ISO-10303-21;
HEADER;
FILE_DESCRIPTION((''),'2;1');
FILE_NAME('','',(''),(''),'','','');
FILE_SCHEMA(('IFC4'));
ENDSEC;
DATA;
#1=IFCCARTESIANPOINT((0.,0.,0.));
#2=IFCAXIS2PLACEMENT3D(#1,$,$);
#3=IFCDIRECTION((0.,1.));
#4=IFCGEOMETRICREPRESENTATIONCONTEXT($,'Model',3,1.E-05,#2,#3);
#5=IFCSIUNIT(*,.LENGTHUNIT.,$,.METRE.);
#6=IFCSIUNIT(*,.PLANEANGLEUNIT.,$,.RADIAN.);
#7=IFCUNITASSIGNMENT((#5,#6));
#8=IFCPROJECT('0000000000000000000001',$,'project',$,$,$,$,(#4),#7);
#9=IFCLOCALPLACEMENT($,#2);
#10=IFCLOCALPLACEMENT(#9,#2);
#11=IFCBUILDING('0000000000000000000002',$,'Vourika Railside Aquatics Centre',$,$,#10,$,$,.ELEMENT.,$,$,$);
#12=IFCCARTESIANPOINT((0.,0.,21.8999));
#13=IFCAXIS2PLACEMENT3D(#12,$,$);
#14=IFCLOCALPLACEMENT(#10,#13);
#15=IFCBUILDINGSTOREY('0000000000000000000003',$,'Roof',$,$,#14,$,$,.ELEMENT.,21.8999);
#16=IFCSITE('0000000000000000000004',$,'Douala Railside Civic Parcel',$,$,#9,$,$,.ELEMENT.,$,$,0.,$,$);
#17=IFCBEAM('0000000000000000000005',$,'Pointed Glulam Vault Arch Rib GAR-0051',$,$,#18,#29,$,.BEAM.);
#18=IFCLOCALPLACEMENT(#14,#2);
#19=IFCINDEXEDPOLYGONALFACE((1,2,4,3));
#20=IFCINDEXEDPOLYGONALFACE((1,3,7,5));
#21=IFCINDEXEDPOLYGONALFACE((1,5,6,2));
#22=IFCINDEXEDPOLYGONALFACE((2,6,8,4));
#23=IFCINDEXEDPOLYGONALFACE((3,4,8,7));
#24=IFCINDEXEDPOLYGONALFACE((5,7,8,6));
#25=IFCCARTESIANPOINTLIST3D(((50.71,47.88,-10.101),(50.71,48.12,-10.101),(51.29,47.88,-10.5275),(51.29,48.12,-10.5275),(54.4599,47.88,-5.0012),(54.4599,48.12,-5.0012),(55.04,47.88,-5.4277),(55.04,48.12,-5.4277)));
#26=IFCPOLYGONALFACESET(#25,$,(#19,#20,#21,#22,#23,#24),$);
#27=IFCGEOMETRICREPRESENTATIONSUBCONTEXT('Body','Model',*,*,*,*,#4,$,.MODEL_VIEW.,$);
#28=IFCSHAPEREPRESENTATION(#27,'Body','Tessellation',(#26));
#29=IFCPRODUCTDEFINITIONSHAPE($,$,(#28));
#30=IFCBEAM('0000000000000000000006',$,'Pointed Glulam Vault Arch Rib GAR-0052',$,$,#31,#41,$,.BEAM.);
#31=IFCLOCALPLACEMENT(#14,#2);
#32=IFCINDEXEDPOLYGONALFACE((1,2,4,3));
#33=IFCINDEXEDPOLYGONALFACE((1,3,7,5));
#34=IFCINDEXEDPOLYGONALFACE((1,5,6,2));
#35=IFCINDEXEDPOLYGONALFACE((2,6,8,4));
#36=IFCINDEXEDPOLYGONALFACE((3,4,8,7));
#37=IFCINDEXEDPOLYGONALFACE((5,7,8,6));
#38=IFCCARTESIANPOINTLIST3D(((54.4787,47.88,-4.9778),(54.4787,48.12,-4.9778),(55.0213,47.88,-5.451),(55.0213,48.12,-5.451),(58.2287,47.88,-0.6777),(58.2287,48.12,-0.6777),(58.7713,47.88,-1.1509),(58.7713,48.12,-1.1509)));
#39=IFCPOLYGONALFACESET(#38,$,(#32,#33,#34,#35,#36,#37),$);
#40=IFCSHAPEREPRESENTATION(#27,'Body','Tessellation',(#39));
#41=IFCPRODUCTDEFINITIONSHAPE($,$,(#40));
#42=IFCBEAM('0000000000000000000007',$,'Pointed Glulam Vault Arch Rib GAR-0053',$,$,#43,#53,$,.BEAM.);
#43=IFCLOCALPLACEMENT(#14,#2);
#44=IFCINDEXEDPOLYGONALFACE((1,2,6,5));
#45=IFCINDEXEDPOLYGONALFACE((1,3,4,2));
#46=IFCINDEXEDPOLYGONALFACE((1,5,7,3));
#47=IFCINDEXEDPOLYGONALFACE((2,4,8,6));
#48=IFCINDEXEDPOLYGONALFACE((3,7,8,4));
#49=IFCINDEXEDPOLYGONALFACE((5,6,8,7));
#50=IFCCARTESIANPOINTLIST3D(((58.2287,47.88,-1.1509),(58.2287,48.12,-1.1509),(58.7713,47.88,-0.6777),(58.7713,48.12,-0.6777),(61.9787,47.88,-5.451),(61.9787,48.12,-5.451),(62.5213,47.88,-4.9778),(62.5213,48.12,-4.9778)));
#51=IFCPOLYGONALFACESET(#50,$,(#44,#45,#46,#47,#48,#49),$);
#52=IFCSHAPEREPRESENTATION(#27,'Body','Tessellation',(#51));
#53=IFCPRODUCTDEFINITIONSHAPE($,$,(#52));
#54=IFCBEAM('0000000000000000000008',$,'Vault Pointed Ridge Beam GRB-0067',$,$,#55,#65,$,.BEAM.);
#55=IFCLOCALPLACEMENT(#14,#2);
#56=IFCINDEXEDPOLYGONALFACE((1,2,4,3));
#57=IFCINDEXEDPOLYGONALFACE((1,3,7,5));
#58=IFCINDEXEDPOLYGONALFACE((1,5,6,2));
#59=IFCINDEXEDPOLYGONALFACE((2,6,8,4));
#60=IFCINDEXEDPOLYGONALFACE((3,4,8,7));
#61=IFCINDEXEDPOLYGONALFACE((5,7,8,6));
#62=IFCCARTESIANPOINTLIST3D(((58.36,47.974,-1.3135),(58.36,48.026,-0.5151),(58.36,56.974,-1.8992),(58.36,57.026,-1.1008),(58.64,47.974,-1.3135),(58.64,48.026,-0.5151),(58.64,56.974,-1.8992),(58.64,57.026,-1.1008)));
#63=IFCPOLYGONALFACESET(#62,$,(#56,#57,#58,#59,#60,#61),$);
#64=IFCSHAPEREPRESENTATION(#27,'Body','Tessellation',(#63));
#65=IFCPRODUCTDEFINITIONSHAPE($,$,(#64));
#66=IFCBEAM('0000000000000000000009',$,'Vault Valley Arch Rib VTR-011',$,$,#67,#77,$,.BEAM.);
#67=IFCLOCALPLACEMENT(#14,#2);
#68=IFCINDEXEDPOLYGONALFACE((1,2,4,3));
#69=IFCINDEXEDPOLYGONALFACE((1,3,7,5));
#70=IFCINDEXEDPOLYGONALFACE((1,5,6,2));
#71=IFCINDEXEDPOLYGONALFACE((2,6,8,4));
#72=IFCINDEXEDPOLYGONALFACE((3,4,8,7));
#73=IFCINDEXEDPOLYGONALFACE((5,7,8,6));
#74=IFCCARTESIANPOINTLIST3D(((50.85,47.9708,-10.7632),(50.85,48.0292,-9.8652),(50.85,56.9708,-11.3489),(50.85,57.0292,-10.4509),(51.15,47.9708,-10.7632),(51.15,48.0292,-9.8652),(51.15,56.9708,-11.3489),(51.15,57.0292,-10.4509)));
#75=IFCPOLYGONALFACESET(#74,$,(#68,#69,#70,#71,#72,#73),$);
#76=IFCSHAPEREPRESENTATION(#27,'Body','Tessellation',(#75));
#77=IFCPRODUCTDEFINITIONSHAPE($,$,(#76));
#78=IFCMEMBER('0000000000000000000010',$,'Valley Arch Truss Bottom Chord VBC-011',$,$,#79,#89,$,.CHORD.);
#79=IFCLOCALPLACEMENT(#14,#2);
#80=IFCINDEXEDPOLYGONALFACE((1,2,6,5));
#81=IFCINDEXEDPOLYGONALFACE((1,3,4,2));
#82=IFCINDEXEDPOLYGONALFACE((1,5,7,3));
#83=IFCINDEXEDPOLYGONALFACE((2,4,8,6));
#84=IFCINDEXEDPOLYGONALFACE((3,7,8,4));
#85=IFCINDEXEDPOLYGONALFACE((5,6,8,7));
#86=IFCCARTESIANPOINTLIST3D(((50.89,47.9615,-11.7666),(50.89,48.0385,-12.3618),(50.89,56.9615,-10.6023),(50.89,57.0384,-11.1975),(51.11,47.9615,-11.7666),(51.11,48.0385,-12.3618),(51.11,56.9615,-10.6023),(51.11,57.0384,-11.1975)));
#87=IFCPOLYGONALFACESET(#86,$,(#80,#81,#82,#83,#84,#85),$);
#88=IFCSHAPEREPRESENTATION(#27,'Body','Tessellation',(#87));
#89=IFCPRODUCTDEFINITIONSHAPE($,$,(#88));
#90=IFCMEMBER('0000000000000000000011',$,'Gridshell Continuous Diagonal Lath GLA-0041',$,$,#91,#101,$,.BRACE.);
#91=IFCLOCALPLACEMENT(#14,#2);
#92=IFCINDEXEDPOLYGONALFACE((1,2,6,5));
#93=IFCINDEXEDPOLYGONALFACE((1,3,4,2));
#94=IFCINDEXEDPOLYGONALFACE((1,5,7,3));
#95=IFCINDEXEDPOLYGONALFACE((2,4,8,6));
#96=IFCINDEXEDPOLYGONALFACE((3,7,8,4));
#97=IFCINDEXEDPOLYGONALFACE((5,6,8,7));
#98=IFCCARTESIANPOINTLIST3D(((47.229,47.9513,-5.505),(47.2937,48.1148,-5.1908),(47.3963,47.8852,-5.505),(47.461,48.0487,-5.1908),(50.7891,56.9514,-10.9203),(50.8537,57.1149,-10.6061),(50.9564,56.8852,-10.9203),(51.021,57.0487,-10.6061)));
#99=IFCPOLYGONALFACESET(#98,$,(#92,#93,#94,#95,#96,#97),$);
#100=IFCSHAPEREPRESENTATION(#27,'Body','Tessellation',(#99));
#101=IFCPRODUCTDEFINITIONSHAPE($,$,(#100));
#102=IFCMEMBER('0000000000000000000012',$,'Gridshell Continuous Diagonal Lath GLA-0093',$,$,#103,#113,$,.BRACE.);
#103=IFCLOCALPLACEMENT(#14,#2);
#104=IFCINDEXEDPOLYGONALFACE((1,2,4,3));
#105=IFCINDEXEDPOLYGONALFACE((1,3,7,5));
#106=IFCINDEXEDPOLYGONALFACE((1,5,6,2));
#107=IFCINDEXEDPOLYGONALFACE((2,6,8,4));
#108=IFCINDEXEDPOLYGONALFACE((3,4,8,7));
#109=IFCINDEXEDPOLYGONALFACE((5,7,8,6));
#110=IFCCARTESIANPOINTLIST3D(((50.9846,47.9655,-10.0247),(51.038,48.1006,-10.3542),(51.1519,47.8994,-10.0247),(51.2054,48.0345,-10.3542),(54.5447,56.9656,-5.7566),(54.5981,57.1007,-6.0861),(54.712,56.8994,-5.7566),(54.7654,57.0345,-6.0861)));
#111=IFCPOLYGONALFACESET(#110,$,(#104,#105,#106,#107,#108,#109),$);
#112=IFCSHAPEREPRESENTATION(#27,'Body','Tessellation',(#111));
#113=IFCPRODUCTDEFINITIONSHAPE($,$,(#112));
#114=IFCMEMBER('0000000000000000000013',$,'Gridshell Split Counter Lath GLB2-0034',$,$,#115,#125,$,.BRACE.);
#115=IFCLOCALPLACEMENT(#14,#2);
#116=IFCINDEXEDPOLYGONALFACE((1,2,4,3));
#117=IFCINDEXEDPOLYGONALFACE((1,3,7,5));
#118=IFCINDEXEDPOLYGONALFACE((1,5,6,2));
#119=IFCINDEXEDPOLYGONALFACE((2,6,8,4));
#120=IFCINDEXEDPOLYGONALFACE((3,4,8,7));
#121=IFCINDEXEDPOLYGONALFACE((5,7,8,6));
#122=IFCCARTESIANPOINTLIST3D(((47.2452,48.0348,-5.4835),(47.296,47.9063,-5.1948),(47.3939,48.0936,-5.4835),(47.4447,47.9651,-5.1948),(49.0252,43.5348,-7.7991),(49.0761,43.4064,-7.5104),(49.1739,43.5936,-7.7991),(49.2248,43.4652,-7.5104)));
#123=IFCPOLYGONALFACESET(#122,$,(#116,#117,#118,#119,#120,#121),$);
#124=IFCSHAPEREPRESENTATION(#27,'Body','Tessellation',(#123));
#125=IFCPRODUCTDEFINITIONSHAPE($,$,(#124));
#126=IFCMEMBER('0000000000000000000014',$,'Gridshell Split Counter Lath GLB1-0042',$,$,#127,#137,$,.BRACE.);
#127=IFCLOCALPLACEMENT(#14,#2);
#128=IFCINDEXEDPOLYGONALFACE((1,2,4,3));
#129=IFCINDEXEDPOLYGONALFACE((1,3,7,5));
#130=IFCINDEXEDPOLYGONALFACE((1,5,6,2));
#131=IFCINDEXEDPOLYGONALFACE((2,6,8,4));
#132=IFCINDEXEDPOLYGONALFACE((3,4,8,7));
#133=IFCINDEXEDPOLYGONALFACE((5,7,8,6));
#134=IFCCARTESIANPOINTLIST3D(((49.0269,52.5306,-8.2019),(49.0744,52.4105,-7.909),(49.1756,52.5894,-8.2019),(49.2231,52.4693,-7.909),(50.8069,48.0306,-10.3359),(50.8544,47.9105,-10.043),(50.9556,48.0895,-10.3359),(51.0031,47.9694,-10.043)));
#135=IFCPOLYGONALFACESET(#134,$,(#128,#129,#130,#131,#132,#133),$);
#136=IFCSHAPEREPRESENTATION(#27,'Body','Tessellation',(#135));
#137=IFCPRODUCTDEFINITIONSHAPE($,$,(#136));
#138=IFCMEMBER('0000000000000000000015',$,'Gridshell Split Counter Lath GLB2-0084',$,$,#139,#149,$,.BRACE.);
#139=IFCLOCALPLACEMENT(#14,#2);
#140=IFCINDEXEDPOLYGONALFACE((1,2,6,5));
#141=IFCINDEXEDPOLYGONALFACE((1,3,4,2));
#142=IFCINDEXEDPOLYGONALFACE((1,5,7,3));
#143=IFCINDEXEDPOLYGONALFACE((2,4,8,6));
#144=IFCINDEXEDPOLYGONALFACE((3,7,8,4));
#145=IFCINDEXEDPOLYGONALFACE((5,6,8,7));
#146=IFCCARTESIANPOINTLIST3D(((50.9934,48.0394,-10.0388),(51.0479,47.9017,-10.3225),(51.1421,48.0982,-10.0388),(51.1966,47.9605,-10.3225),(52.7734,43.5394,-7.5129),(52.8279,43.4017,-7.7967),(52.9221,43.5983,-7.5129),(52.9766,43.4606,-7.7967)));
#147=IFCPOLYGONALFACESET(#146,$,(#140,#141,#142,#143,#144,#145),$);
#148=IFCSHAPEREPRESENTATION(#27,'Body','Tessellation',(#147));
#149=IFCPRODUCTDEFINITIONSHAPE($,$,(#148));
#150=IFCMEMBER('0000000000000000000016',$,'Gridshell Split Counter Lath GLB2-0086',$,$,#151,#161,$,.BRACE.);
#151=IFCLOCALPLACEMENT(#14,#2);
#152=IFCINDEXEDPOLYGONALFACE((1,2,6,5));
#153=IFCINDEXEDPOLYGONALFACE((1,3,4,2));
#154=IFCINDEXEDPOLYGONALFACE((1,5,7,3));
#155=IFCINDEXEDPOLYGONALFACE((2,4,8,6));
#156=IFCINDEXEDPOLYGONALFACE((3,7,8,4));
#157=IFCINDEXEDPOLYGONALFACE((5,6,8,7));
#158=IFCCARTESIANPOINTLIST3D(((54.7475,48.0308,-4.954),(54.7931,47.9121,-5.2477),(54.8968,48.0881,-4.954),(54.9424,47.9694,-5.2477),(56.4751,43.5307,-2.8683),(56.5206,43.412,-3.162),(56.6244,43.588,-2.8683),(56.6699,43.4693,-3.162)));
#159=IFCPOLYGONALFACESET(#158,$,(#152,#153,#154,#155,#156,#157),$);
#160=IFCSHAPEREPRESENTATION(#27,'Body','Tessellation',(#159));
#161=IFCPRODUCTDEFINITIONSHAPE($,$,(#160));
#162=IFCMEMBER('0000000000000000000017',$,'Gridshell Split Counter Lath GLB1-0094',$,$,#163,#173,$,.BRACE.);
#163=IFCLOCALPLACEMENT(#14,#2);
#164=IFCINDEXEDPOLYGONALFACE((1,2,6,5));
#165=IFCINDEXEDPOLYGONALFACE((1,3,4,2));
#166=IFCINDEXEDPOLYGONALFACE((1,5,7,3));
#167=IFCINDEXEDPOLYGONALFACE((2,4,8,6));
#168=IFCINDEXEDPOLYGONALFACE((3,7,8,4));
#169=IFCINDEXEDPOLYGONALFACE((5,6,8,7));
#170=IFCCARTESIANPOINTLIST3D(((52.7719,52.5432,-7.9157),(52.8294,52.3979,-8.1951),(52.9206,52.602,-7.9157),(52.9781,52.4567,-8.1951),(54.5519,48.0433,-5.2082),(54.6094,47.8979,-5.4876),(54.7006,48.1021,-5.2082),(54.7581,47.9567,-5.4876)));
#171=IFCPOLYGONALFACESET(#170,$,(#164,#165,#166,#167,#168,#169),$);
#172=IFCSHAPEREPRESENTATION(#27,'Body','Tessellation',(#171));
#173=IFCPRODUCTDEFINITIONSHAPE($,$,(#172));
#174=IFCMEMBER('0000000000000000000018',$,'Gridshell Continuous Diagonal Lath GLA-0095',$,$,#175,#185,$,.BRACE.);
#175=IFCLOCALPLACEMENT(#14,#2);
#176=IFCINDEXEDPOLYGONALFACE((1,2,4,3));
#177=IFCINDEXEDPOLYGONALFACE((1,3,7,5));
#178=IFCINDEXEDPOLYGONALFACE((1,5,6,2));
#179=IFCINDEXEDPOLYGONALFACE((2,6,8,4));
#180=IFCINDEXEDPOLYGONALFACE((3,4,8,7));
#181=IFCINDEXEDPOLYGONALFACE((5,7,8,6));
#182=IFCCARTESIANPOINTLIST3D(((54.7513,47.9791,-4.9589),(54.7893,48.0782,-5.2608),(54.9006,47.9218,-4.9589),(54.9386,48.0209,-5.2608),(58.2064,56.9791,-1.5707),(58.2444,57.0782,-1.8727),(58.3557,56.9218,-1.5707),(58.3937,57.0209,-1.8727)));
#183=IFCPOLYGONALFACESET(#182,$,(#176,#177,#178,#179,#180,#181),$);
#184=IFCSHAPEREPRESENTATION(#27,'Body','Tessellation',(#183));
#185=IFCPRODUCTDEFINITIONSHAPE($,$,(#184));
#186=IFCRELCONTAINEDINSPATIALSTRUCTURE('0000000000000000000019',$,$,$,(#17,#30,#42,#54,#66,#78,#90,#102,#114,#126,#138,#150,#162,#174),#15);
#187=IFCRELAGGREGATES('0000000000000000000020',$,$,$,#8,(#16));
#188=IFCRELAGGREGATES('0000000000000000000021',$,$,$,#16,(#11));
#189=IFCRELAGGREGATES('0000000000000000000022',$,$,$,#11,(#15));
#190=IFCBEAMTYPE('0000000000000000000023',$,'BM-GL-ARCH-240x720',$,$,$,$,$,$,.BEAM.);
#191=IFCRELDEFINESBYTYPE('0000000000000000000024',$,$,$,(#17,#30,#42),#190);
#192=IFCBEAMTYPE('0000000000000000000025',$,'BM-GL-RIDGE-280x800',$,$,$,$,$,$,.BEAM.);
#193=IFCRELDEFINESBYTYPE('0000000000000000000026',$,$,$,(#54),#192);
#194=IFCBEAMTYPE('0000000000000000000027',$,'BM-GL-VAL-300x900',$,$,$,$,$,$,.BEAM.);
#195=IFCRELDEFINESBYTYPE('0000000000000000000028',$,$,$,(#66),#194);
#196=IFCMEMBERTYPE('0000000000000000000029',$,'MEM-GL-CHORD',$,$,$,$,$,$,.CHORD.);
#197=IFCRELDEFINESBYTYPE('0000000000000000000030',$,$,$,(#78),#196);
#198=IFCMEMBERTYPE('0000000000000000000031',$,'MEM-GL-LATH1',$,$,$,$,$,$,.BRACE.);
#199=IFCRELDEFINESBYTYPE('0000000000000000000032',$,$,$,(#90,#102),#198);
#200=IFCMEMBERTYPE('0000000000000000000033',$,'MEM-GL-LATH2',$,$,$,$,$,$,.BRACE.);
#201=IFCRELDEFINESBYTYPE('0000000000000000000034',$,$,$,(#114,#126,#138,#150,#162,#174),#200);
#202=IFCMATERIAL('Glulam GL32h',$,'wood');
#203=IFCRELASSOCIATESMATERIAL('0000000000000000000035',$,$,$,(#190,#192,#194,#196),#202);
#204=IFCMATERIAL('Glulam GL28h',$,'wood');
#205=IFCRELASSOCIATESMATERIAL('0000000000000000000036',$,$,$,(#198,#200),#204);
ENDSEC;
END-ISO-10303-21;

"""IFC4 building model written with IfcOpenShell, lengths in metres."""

from ifc_helpers import new_model, si_unit, direction, frame, origin, origin_2d, place, context, subcontext, project, spatial, rectangle, extrude, material, material_profile, profile_set, type_object, element, save


model = new_model("IFC4")

# Units and contexts
model_context = context("Model", 3, precision=1e-05, world=origin(), true_north=direction((0.0, 1.0)))
body_context = subcontext(model_context, "Body", "Model", "MODEL_VIEW")
ifc_project = project(units=[si_unit("LENGTHUNIT", "METRE"), si_unit("PLANEANGLEUNIT", "RADIAN")], contexts=[model_context])

# Site, building, storey
site_placement = place(None, origin())
site = spatial("IfcSite", under=ifc_project, at=site_placement, Name="Douala Railside Civic Parcel", CompositionType="ELEMENT", RefElevation=0.0)
building_placement = place(site_placement, origin())
building = spatial("IfcBuilding", under=site, at=building_placement, Name="Vourika Railside Aquatics Centre", CompositionType="ELEMENT")
storey_placement = place(building_placement, frame((0.0, 0.0, 21.8999)))
storey = spatial("IfcBuildingStorey", under=building, at=storey_placement, Name="Roof", CompositionType="ELEMENT", Elevation=21.8999)

# Beams
ifc_material_1 = material(Name="Glulam GL32h", Category="wood")
ifc_material_profile_1 = material_profile(ifc_material_1, rectangle(XDim=0.24, YDim=0.72, at=origin_2d()), Name="GL32h 240x720")
ifc_profile_set_1 = profile_set([ifc_material_profile_1], Name="Glulam GL32h")
beam_type_1 = type_object("IfcBeamType", Name="BM-GL-ARCH-240x720", PredefinedType="BEAM", material=ifc_profile_set_1)
beam_1_placement = place(storey_placement, frame((51.0, 48.0, -10.3142), z_axis=(0.592401, 0.0, 0.805643), x_axis=(0.0, 1.0, 0.0)))
element("IfcBeam", 1, at=beam_1_placement, inside=storey, type_object=beam_type_1, Name="Pointed Glulam Vault Arch Rib GAR-0051", PredefinedType="BEAM", context=body_context, shape_type="SweptSolid", body=[
    extrude(rectangle(XDim=0.24, YDim=0.72, at=origin_2d()), origin(), (0.0, 0.0, 1.0), 6.3301),
])
for number, where, z_axis, x_axis, name in (
    (2, (54.75, 48.0, -5.2144), (0.657259, 0.0, 0.753665), (0.0, 1.0, 0.0), "Pointed Glulam Vault Arch Rib GAR-0052"),
    (3, (58.5, 48.0, -0.9143), (0.657259, 0.0, -0.753665), (0.0, 1.0, 0.0), "Pointed Glulam Vault Arch Rib GAR-0053"),
):
    element("IfcBeam", number, at=place(storey_placement, frame(where, z_axis=z_axis, x_axis=x_axis)), inside=storey, type_object=beam_type_1, Name=name, PredefinedType="BEAM", context=body_context, shape_type="SweptSolid", body=[
        extrude(rectangle(XDim=0.24, YDim=0.72, at=origin_2d()), origin(), (0.0, 0.0, 1.0), 5.7056),
    ])
ifc_material_profile_2 = material_profile(ifc_material_1, rectangle(XDim=0.28, YDim=0.8, at=origin_2d()), Name="GL32h 280x800")
ifc_profile_set_2 = profile_set([ifc_material_profile_2], Name="Glulam GL32h")
beam_type_2 = type_object("IfcBeamType", Name="BM-GL-RIDGE-280x800", PredefinedType="BEAM", material=ifc_profile_set_2)
beam_2_placement = place(storey_placement, frame((58.5, 48.0, -0.9143), z_axis=(0.0, 0.997889, -0.06494), x_axis=(-1.0, 0.0, 0.0)))
element("IfcBeam", 4, at=beam_2_placement, inside=storey, type_object=beam_type_2, Name="Vault Pointed Ridge Beam GRB-0067", PredefinedType="BEAM", context=body_context, shape_type="SweptSolid", body=[
    extrude(rectangle(XDim=0.28, YDim=0.8, at=origin_2d()), origin(), (0.0, 0.0, 1.0), 9.019),
])
ifc_material_profile_3 = material_profile(ifc_material_1, rectangle(XDim=0.3, YDim=0.8999, at=origin_2d()), Name="GL32h 300x900")
ifc_profile_set_3 = profile_set([ifc_material_profile_3], Name="Glulam GL32h")
beam_type_3 = type_object("IfcBeamType", Name="BM-GL-VAL-300x900", PredefinedType="BEAM", material=ifc_profile_set_3)
beam_3_placement = place(storey_placement, frame((51.0, 48.0, -10.3142), z_axis=(0.0, 0.997889, -0.06494), x_axis=(-1.0, 0.0, 0.0)))
element("IfcBeam", 5, at=beam_3_placement, inside=storey, type_object=beam_type_3, Name="Vault Valley Arch Rib VTR-011", PredefinedType="BEAM", context=body_context, shape_type="SweptSolid", body=[
    extrude(rectangle(XDim=0.3, YDim=0.8999, at=origin_2d()), origin(), (0.0, 0.0, 1.0), 9.019),
])

# Members
ifc_material_profile_4 = material_profile(ifc_material_1, rectangle(XDim=0.22, YDim=0.6001, at=origin_2d()), Name="GL32h 220x600")
ifc_profile_set_4 = profile_set([ifc_material_profile_4], Name="Glulam GL32h")
member_type_1 = type_object("IfcMemberType", Name="MEM-GL-CHORD", PredefinedType="CHORD", material=ifc_profile_set_4)
member_1_placement = place(storey_placement, frame((51.0, 48.0, -12.0642), z_axis=(0.0, 0.991736, 0.128298), x_axis=(-1.0, 0.0, 0.0)))
element("IfcMember", 6, at=member_1_placement, inside=storey, type_object=member_type_1, Name="Valley Arch Truss Bottom Chord VBC-011", PredefinedType="CHORD", context=body_context, shape_type="SweptSolid", body=[
    extrude(rectangle(XDim=0.22, YDim=0.6001, at=origin_2d()), origin(), (0.0, 0.0, 1.0), 9.075),
])
ifc_material_2 = material(Name="Glulam GL28h", Category="wood")
ifc_material_profile_5 = material_profile(ifc_material_2, rectangle(XDim=0.1799, YDim=0.3601, at=origin_2d()), Name="GL28h 180x360")
ifc_profile_set_5 = profile_set([ifc_material_profile_5], Name="Glulam GL28h")
member_type_2 = type_object("IfcMemberType", Name="MEM-GL-LATH1", PredefinedType="BRACE", material=ifc_profile_set_5)
member_2_placement = place(storey_placement, frame((47.345, 48.0, -5.3479), z_axis=(0.321001, 0.811505, -0.488281), x_axis=(-0.929893, 0.36783, 0.0)))
element("IfcMember", 7, at=member_2_placement, inside=storey, type_object=member_type_2, Name="Gridshell Continuous Diagonal Lath GLA-0041", PredefinedType="BRACE", context=body_context, shape_type="SweptSolid", body=[
    extrude(rectangle(XDim=0.1799, YDim=0.3601, at=origin_2d()), origin(), (0.0, 0.0, 1.0), 11.0906),
])
member_3_placement = place(storey_placement, frame((51.095, 48.0, -10.1895), z_axis=(0.336559, 0.850836, 0.403492), x_axis=(-0.929893, 0.36783, 0.0)))
element("IfcMember", 8, at=member_3_placement, inside=storey, type_object=member_type_2, Name="Gridshell Continuous Diagonal Lath GLA-0093", PredefinedType="BRACE", context=body_context, shape_type="SweptSolid", body=[
    extrude(rectangle(XDim=0.1799, YDim=0.3601, at=origin_2d()), origin(), (0.0, 0.0, 1.0), 10.5779),
])
ifc_material_profile_6 = material_profile(ifc_material_2, rectangle(XDim=0.1599, YDim=0.3201, at=origin_2d()), Name="GL28h 160x320")
ifc_profile_set_6 = profile_set([ifc_material_profile_6], Name="Glulam GL28h")
member_type_3 = type_object("IfcMemberType", Name="MEM-GL-LATH2", PredefinedType="BRACE", material=ifc_profile_set_6)
member_4_placement = place(storey_placement, frame((49.125, 43.5, -7.6548), z_axis=(-0.331799, 0.838804, 0.431644), x_axis=(-0.929893, -0.36783, 0.0)))
element("IfcMember", 9, at=member_4_placement, inside=storey, type_object=member_type_3, Name="Gridshell Split Counter Lath GLB2-0034", PredefinedType="BRACE", context=body_context, shape_type="SweptSolid", body=[
    extrude(rectangle(XDim=0.1599, YDim=0.3201, at=origin_2d()), origin(), (0.0, 0.0, 1.0), 5.3647),
])
member_5_placement = place(storey_placement, frame((50.905, 48.0, -10.1895), z_axis=(-0.336559, 0.850836, 0.403492), x_axis=(-0.929893, -0.36783, 0.0)))
element("IfcMember", 10, at=member_5_placement, inside=storey, type_object=member_type_3, Name="Gridshell Split Counter Lath GLB1-0042", PredefinedType="BRACE", context=body_context, shape_type="SweptSolid", body=[
    extrude(rectangle(XDim=0.1599, YDim=0.3201, at=origin_2d()), origin(), (0.0, 0.0, 1.0), 5.2888),
])
member_6_placement = place(storey_placement, frame((52.875, 43.5, -7.6548), z_axis=(-0.326084, 0.824356, -0.462716), x_axis=(-0.929893, -0.36783, 0.0)))
element("IfcMember", 11, at=member_6_placement, inside=storey, type_object=member_type_3, Name="Gridshell Split Counter Lath GLB2-0084", PredefinedType="BRACE", context=body_context, shape_type="SweptSolid", body=[
    extrude(rectangle(XDim=0.1599, YDim=0.3201, at=origin_2d()), origin(), (0.0, 0.0, 1.0), 5.4587),
])
member_7_placement = place(storey_placement, frame((56.5725, 43.5, -3.0151), z_axis=(-0.328924, 0.856801, -0.397116), x_axis=(-0.93357, -0.358395, 0.0)))
element("IfcMember", 12, at=member_7_placement, inside=storey, type_object=member_type_3, Name="Gridshell Split Counter Lath GLB2-0086", PredefinedType="BRACE", context=body_context, shape_type="SweptSolid", body=[
    extrude(rectangle(XDim=0.1599, YDim=0.3201, at=origin_2d()), origin(), (0.0, 0.0, 1.0), 5.2522),
])
member_8_placement = place(storey_placement, frame((54.655, 48.0, -5.3479), z_axis=(-0.321004, 0.811514, -0.488264), x_axis=(-0.929893, -0.36783, 0.0)))
element("IfcMember", 13, at=member_8_placement, inside=storey, type_object=member_type_3, Name="Gridshell Split Counter Lath GLB1-0094", PredefinedType="BRACE", context=body_context, shape_type="SweptSolid", body=[
    extrude(rectangle(XDim=0.1599, YDim=0.3201, at=origin_2d()), origin(), (0.0, 0.0, 1.0), 5.5452),
])
member_9_placement = place(storey_placement, frame((54.845, 48.0, -5.1099), z_axis=(0.338121, 0.880757, 0.331574), x_axis=(-0.93357, 0.358395, 0.0)))
element("IfcMember", 14, at=member_9_placement, inside=storey, type_object=member_type_3, Name="Gridshell Continuous Diagonal Lath GLA-0095", PredefinedType="BRACE", context=body_context, shape_type="SweptSolid", body=[
    extrude(rectangle(XDim=0.1599, YDim=0.3201, at=origin_2d()), origin(), (0.0, 0.0, 1.0), 10.2185),
])

save(model, "model.ifc")
